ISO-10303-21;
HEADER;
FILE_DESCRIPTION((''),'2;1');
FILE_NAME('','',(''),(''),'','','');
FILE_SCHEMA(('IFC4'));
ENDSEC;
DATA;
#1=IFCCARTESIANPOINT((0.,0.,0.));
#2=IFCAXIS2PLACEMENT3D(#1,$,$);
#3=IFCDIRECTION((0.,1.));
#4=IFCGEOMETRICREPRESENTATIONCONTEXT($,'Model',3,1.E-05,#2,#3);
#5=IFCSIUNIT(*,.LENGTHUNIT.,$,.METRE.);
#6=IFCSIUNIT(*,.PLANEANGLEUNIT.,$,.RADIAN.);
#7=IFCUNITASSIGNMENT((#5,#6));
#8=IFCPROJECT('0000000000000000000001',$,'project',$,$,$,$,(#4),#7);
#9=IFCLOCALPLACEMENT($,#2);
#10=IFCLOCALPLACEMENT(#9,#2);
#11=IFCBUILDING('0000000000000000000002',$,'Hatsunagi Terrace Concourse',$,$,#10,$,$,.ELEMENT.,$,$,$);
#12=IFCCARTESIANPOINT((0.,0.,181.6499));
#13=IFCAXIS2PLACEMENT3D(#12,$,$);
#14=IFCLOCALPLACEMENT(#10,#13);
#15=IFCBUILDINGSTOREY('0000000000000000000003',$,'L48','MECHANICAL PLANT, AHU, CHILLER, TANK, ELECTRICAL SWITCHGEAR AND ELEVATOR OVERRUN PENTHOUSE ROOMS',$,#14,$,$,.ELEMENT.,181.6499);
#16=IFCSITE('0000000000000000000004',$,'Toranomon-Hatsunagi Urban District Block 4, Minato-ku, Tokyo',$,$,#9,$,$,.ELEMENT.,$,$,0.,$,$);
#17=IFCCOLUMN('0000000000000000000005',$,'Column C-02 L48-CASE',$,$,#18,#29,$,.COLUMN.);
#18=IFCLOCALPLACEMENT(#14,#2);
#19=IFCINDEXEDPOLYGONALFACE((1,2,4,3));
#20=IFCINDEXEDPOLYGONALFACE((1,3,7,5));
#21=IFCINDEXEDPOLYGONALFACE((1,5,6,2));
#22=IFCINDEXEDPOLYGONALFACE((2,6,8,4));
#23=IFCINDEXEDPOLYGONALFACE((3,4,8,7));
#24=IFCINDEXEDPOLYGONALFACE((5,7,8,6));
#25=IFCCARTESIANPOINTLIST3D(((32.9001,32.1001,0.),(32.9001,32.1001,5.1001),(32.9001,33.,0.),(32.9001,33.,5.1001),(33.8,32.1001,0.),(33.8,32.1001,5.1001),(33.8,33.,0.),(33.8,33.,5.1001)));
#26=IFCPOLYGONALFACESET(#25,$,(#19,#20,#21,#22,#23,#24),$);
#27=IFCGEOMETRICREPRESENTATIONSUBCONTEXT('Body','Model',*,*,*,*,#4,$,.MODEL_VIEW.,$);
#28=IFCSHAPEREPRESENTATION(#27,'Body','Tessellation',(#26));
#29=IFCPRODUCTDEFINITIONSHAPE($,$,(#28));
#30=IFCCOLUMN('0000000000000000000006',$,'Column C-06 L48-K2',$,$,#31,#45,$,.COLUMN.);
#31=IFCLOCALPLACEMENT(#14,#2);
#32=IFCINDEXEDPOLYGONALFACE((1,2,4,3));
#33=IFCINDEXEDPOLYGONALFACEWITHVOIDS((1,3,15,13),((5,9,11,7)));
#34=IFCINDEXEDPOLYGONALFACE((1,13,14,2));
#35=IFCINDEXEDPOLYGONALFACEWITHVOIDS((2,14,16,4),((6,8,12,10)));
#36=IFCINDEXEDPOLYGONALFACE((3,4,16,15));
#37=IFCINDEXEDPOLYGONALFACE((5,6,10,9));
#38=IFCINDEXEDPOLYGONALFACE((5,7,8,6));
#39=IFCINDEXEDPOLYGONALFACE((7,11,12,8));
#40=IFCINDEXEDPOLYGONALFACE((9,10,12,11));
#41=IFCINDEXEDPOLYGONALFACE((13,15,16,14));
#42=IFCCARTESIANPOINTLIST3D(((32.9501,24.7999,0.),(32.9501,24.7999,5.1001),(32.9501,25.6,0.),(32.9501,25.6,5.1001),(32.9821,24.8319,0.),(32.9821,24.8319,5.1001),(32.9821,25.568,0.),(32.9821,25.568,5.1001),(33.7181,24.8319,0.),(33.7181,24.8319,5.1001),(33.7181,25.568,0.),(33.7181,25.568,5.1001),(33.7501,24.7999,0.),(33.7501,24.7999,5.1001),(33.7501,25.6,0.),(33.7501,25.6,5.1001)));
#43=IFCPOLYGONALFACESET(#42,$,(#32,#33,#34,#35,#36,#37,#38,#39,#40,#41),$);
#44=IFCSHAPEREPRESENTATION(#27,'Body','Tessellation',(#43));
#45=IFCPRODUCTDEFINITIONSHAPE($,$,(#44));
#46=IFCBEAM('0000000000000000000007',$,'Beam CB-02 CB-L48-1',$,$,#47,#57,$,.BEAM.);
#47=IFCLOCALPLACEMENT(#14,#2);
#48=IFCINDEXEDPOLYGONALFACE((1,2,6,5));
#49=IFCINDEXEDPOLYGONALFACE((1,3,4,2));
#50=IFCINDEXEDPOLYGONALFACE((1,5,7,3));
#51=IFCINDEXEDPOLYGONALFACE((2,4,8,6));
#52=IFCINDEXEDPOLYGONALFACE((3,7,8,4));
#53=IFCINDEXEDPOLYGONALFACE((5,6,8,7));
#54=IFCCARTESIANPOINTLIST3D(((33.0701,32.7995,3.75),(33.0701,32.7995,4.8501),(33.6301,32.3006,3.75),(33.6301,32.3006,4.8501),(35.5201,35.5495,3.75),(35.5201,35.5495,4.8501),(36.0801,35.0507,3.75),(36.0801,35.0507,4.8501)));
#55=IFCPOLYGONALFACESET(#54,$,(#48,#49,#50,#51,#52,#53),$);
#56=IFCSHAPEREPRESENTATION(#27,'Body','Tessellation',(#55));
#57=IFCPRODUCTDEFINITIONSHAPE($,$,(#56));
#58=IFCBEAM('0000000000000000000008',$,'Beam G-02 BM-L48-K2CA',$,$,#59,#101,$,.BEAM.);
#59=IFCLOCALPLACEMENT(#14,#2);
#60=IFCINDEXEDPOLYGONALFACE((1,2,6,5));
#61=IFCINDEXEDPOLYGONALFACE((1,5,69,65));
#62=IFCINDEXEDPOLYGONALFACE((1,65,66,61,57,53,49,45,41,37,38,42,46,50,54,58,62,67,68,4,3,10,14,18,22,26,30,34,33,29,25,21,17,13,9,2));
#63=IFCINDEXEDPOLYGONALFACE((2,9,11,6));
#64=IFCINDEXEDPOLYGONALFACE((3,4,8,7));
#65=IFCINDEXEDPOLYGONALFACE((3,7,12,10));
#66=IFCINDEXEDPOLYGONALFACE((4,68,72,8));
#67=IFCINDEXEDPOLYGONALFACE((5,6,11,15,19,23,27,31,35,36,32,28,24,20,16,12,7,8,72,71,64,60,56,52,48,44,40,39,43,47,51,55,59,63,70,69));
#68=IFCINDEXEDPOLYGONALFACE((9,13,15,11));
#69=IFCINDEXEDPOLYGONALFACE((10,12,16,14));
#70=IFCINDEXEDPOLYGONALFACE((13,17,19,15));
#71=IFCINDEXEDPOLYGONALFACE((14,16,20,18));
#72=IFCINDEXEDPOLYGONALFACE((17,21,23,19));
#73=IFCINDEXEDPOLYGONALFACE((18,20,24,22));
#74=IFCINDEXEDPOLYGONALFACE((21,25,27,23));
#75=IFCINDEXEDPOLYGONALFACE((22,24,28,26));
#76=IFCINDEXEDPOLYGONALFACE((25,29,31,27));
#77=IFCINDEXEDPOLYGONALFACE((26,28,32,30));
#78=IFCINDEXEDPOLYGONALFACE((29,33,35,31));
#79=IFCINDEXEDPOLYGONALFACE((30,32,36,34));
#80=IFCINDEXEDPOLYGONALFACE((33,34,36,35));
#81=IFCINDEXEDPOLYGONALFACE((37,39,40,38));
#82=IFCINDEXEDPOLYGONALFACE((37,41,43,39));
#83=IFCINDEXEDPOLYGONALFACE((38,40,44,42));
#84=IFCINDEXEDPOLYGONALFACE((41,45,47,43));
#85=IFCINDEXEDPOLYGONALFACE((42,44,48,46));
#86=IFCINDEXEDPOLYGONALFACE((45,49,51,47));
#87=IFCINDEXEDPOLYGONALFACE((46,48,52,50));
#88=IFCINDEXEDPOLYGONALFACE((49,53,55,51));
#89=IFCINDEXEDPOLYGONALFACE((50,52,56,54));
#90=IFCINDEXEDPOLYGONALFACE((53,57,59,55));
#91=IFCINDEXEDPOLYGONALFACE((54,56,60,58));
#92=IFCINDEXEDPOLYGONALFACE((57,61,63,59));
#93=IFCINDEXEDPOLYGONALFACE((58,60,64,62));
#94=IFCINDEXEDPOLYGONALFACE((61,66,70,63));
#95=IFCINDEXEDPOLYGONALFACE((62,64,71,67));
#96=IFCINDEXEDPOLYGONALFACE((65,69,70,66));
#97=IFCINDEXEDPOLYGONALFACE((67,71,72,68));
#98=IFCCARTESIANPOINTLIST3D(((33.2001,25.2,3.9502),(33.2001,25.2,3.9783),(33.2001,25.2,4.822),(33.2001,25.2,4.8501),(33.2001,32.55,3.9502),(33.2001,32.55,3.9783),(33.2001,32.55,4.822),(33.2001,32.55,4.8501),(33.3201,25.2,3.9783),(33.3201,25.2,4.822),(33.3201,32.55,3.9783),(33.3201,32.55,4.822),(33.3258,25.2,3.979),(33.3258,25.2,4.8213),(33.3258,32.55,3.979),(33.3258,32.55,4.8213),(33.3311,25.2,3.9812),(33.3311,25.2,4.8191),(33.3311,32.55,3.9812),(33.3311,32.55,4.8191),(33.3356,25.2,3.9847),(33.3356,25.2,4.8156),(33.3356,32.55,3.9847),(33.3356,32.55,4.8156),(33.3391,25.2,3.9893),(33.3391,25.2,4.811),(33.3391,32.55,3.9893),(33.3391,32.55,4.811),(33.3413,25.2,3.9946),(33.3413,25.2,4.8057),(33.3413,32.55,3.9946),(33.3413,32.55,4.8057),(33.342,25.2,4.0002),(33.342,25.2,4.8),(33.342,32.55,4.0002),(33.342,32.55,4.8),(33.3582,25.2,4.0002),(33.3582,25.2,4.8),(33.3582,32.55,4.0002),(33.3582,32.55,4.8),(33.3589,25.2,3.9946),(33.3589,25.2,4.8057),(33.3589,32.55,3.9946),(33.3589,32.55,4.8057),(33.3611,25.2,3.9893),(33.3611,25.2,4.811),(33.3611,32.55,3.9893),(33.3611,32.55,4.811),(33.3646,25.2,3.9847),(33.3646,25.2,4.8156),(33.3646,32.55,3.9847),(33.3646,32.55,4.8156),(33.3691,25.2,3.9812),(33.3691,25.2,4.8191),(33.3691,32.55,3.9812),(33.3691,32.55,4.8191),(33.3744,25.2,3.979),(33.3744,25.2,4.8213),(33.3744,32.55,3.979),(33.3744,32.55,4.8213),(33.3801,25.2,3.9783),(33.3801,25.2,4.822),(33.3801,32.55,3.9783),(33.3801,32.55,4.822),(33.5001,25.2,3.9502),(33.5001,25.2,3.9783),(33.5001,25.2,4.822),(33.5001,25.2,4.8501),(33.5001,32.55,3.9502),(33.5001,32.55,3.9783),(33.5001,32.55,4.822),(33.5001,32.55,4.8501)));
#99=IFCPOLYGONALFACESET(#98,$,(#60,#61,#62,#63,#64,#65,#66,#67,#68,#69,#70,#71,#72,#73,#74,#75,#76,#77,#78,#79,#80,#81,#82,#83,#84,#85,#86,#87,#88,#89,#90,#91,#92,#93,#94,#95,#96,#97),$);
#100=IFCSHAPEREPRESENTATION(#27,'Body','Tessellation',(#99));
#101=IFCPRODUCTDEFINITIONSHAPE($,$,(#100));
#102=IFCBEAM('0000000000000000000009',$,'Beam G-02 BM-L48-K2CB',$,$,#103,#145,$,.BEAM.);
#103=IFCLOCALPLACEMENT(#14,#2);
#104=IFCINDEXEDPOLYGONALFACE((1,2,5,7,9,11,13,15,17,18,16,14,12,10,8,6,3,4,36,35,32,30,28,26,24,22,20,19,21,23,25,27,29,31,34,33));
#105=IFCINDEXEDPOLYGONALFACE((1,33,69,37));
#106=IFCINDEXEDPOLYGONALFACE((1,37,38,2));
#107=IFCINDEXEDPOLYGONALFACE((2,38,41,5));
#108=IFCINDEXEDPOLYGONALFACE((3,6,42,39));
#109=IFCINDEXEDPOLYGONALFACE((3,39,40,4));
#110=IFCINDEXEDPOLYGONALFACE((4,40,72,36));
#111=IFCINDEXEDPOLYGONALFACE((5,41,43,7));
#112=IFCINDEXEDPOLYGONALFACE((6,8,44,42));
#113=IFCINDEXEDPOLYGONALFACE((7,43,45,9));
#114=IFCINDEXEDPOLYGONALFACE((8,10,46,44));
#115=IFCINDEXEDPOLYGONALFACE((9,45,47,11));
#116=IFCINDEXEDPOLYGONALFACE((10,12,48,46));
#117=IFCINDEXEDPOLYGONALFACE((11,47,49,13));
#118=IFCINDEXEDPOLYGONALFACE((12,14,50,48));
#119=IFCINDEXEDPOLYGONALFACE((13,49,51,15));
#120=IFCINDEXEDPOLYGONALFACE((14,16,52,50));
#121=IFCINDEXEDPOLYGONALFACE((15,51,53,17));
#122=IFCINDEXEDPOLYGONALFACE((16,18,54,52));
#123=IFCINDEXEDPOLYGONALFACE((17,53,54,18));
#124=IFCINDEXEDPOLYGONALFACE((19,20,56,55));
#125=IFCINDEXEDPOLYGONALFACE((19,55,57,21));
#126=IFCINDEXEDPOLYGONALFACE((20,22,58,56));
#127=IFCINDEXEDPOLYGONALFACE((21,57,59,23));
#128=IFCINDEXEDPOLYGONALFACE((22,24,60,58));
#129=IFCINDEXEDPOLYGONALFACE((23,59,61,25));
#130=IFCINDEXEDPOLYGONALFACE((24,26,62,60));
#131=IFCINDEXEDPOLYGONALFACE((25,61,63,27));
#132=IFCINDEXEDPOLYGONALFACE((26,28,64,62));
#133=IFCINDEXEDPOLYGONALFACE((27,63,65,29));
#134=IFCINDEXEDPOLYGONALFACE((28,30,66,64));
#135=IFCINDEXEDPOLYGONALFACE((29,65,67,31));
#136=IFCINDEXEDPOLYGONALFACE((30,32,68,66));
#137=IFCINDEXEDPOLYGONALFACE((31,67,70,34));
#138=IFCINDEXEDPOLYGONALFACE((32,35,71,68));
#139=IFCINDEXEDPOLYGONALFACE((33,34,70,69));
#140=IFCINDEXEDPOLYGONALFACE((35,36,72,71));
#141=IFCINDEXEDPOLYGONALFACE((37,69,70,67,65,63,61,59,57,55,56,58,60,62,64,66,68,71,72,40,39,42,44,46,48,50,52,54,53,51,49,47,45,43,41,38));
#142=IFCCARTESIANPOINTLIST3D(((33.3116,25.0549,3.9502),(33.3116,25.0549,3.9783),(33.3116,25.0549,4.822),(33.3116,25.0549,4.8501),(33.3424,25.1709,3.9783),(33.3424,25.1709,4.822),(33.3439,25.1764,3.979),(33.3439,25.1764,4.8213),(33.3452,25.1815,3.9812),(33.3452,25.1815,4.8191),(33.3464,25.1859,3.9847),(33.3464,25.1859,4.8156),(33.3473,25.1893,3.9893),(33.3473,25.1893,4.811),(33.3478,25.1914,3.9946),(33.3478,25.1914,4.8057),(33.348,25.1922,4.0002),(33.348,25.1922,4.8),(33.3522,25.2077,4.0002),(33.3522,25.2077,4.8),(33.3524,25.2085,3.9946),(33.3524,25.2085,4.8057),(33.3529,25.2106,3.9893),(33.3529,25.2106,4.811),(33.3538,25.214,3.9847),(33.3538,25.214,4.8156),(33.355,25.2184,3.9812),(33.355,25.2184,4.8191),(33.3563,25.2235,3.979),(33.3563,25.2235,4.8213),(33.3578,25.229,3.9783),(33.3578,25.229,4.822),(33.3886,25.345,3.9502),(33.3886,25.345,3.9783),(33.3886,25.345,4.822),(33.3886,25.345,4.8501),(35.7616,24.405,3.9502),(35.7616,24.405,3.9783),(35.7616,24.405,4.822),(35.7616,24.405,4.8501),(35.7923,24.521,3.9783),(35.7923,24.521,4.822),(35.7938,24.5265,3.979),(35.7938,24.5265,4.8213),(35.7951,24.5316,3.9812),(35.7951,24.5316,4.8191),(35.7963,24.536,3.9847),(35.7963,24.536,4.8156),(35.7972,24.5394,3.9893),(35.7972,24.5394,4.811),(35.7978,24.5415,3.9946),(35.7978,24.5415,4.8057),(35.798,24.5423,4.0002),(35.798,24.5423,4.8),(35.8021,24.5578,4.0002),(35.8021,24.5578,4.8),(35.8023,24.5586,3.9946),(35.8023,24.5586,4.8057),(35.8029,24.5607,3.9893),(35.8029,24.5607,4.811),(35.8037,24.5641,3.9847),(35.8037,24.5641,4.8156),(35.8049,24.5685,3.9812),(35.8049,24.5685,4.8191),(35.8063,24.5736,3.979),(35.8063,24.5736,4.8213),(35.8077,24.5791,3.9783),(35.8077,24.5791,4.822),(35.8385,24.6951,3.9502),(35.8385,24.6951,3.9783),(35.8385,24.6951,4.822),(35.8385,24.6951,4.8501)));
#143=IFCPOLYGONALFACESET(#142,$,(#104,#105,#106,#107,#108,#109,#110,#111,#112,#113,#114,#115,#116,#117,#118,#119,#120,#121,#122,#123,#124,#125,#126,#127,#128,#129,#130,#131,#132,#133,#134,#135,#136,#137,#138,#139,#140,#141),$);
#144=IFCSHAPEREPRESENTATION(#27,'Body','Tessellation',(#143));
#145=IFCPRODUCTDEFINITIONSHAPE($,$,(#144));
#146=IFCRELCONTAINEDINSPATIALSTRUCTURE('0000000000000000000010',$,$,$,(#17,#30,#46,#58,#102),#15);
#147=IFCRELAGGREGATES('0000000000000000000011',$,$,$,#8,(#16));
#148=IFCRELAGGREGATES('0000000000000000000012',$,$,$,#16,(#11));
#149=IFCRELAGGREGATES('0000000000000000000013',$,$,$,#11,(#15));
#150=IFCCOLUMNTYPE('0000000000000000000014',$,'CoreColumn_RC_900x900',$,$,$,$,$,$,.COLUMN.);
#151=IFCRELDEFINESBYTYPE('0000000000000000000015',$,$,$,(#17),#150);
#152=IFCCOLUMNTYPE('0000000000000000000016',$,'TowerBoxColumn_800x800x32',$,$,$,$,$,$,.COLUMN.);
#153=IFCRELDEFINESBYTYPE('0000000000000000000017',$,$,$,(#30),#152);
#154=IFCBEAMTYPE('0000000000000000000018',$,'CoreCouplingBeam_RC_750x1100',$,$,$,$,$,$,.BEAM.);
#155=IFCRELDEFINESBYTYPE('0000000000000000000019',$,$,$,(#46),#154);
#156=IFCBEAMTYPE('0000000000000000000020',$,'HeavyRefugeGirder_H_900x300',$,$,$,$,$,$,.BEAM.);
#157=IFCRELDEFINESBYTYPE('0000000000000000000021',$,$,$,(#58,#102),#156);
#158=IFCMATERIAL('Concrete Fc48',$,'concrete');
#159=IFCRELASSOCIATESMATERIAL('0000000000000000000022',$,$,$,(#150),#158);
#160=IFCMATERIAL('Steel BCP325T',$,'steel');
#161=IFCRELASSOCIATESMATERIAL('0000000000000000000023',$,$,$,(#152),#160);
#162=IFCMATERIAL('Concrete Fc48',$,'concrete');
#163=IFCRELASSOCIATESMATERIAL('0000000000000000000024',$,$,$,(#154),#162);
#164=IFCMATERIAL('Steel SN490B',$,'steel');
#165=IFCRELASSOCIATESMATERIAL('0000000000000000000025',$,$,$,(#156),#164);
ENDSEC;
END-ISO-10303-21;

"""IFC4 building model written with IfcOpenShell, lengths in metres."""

from ifc_helpers import new_model, si_unit, direction, frame, origin, origin_2d, place, context, subcontext, project, spatial, rectangle, hollow_rectangle, i_section, extrude, material, material_profile, profile_set, type_object, element, save


model = new_model("IFC4")

# Units and contexts
model_context = context("Model", 3, precision=1e-05, world=origin(), true_north=direction((0.0, 1.0)))
body_context = subcontext(model_context, "Body", "Model", "MODEL_VIEW")
ifc_project = project(units=[si_unit("LENGTHUNIT", "METRE"), si_unit("PLANEANGLEUNIT", "RADIAN")], contexts=[model_context])

# Site, building, storey
site_placement = place(None, origin())
site = spatial("IfcSite", under=ifc_project, at=site_placement, Name="Toranomon-Hatsunagi Urban District Block 4, Minato-ku, Tokyo", CompositionType="ELEMENT", RefElevation=0.0)
building_placement = place(site_placement, origin())
building = spatial("IfcBuilding", under=site, at=building_placement, Name="Hatsunagi Terrace Concourse", CompositionType="ELEMENT")
storey_placement = place(building_placement, frame((0.0, 0.0, 181.6499)))
storey = spatial("IfcBuildingStorey", under=building, at=storey_placement, Name="L48", Description="MECHANICAL PLANT, AHU, CHILLER, TANK, ELECTRICAL SWITCHGEAR AND ELEVATOR OVERRUN PENTHOUSE ROOMS", CompositionType="ELEMENT", Elevation=181.6499)

# Columns
ifc_material_1 = material(Name="Concrete Fc48", Category="concrete")
ifc_material_profile_1 = material_profile(ifc_material_1, rectangle(XDim=0.8999, YDim=0.8999, at=origin_2d()), Name="RC-900x900")
ifc_profile_set_1 = profile_set([ifc_material_profile_1], Name="Concrete Fc48")
column_type_1 = type_object("IfcColumnType", Name="CoreColumn_RC_900x900", PredefinedType="COLUMN", material=ifc_profile_set_1)
column_1_placement = place(storey_placement, frame((33.3501, 32.55, 0.0), z_axis=(0.0, 0.0, 1.0), x_axis=(1.0, 0.0, 0.0)))
element("IfcColumn", 1, at=column_1_placement, inside=storey, type_object=column_type_1, Name="Column C-02 L48-CASE", PredefinedType="COLUMN", context=body_context, shape_type="SweptSolid", body=[
    extrude(rectangle(XDim=0.8999, YDim=0.8999, at=origin_2d()), origin(), (0.0, 0.0, 1.0), 5.1001),
])
ifc_material_2 = material(Name="Steel BCP325T", Category="steel")
ifc_material_profile_2 = material_profile(ifc_material_2, hollow_rectangle(XDim=0.8, YDim=0.8, WallThickness=0.032, at=origin_2d()), Name="BCP-800x800x32")
ifc_profile_set_2 = profile_set([ifc_material_profile_2], Name="Steel BCP325T")
column_type_2 = type_object("IfcColumnType", Name="TowerBoxColumn_800x800x32", PredefinedType="COLUMN", material=ifc_profile_set_2)
column_2_placement = place(storey_placement, frame((33.3501, 25.2, 0.0), z_axis=(0.0, 0.0, 1.0), x_axis=(1.0, 0.0, 0.0)))
element("IfcColumn", 2, at=column_2_placement, inside=storey, type_object=column_type_2, Name="Column C-06 L48-K2", PredefinedType="COLUMN", context=body_context, shape_type="SweptSolid", body=[
    extrude(hollow_rectangle(XDim=0.8, YDim=0.8, WallThickness=0.032, at=origin_2d()), origin(), (0.0, 0.0, 1.0), 5.1001),
])

# Beams
ifc_material_3 = material(Name="Concrete Fc48", Category="concrete")
ifc_material_profile_3 = material_profile(ifc_material_3, rectangle(XDim=0.75, YDim=1.1001, at=origin_2d()), Name="RC-750x1100")
ifc_profile_set_3 = profile_set([ifc_material_profile_3], Name="Concrete Fc48")
beam_type_1 = type_object("IfcBeamType", Name="CoreCouplingBeam_RC_750x1100", PredefinedType="BEAM", material=ifc_profile_set_3)
beam_1_placement = place(storey_placement, frame((33.3501, 32.55, 4.3), z_axis=(0.665199, 0.746666, 0.0), x_axis=(-0.746666, 0.665199, 0.0)))
element("IfcBeam", 3, at=beam_1_placement, inside=storey, type_object=beam_type_1, Name="Beam CB-02 CB-L48-1", PredefinedType="BEAM", context=body_context, shape_type="SweptSolid", body=[
    extrude(rectangle(XDim=0.75, YDim=1.1001, at=origin_2d()), origin(), (0.0, 0.0, 1.0), 3.6831),
])
ifc_material_4 = material(Name="Steel SN490B", Category="steel")
ifc_material_profile_4 = material_profile(ifc_material_4, i_section(OverallWidth=0.3, OverallDepth=0.8999, WebThickness=0.0161, FlangeThickness=0.0281, FilletRadius=0.022, at=origin_2d()), Name="H-900x300x16x28")
ifc_profile_set_4 = profile_set([ifc_material_profile_4], Name="Steel SN490B")
beam_type_2 = type_object("IfcBeamType", Name="HeavyRefugeGirder_H_900x300", PredefinedType="BEAM", material=ifc_profile_set_4)
beam_2_placement = place(storey_placement, frame((33.3501, 25.2, 4.4001), z_axis=(0.0, 1.0, 0.0), x_axis=(-1.0, 0.0, 0.0)))
element("IfcBeam", 4, at=beam_2_placement, inside=storey, type_object=beam_type_2, Name="Beam G-02 BM-L48-K2CA", PredefinedType="BEAM", context=body_context, shape_type="SweptSolid", body=[
    extrude(i_section(OverallWidth=0.3, OverallDepth=0.8999, WebThickness=0.0161, FlangeThickness=0.0281, FilletRadius=0.022, at=origin_2d()), origin(), (0.0, 0.0, 1.0), 7.3501),
])
beam_3_placement = place(storey_placement, frame((33.3501, 25.2, 4.4001), z_axis=(0.96657, -0.256403, 0.0), x_axis=(0.256403, 0.96657, 0.0)))
element("IfcBeam", 5, at=beam_3_placement, inside=storey, type_object=beam_type_2, Name="Beam G-02 BM-L48-K2CB", PredefinedType="BEAM", context=body_context, shape_type="SweptSolid", body=[
    extrude(i_section(OverallWidth=0.3, OverallDepth=0.8999, WebThickness=0.0161, FlangeThickness=0.0281, FilletRadius=0.022, at=origin_2d()), origin(), (0.0, 0.0, 1.0), 2.5347),
])

save(model, "model.ifc")
